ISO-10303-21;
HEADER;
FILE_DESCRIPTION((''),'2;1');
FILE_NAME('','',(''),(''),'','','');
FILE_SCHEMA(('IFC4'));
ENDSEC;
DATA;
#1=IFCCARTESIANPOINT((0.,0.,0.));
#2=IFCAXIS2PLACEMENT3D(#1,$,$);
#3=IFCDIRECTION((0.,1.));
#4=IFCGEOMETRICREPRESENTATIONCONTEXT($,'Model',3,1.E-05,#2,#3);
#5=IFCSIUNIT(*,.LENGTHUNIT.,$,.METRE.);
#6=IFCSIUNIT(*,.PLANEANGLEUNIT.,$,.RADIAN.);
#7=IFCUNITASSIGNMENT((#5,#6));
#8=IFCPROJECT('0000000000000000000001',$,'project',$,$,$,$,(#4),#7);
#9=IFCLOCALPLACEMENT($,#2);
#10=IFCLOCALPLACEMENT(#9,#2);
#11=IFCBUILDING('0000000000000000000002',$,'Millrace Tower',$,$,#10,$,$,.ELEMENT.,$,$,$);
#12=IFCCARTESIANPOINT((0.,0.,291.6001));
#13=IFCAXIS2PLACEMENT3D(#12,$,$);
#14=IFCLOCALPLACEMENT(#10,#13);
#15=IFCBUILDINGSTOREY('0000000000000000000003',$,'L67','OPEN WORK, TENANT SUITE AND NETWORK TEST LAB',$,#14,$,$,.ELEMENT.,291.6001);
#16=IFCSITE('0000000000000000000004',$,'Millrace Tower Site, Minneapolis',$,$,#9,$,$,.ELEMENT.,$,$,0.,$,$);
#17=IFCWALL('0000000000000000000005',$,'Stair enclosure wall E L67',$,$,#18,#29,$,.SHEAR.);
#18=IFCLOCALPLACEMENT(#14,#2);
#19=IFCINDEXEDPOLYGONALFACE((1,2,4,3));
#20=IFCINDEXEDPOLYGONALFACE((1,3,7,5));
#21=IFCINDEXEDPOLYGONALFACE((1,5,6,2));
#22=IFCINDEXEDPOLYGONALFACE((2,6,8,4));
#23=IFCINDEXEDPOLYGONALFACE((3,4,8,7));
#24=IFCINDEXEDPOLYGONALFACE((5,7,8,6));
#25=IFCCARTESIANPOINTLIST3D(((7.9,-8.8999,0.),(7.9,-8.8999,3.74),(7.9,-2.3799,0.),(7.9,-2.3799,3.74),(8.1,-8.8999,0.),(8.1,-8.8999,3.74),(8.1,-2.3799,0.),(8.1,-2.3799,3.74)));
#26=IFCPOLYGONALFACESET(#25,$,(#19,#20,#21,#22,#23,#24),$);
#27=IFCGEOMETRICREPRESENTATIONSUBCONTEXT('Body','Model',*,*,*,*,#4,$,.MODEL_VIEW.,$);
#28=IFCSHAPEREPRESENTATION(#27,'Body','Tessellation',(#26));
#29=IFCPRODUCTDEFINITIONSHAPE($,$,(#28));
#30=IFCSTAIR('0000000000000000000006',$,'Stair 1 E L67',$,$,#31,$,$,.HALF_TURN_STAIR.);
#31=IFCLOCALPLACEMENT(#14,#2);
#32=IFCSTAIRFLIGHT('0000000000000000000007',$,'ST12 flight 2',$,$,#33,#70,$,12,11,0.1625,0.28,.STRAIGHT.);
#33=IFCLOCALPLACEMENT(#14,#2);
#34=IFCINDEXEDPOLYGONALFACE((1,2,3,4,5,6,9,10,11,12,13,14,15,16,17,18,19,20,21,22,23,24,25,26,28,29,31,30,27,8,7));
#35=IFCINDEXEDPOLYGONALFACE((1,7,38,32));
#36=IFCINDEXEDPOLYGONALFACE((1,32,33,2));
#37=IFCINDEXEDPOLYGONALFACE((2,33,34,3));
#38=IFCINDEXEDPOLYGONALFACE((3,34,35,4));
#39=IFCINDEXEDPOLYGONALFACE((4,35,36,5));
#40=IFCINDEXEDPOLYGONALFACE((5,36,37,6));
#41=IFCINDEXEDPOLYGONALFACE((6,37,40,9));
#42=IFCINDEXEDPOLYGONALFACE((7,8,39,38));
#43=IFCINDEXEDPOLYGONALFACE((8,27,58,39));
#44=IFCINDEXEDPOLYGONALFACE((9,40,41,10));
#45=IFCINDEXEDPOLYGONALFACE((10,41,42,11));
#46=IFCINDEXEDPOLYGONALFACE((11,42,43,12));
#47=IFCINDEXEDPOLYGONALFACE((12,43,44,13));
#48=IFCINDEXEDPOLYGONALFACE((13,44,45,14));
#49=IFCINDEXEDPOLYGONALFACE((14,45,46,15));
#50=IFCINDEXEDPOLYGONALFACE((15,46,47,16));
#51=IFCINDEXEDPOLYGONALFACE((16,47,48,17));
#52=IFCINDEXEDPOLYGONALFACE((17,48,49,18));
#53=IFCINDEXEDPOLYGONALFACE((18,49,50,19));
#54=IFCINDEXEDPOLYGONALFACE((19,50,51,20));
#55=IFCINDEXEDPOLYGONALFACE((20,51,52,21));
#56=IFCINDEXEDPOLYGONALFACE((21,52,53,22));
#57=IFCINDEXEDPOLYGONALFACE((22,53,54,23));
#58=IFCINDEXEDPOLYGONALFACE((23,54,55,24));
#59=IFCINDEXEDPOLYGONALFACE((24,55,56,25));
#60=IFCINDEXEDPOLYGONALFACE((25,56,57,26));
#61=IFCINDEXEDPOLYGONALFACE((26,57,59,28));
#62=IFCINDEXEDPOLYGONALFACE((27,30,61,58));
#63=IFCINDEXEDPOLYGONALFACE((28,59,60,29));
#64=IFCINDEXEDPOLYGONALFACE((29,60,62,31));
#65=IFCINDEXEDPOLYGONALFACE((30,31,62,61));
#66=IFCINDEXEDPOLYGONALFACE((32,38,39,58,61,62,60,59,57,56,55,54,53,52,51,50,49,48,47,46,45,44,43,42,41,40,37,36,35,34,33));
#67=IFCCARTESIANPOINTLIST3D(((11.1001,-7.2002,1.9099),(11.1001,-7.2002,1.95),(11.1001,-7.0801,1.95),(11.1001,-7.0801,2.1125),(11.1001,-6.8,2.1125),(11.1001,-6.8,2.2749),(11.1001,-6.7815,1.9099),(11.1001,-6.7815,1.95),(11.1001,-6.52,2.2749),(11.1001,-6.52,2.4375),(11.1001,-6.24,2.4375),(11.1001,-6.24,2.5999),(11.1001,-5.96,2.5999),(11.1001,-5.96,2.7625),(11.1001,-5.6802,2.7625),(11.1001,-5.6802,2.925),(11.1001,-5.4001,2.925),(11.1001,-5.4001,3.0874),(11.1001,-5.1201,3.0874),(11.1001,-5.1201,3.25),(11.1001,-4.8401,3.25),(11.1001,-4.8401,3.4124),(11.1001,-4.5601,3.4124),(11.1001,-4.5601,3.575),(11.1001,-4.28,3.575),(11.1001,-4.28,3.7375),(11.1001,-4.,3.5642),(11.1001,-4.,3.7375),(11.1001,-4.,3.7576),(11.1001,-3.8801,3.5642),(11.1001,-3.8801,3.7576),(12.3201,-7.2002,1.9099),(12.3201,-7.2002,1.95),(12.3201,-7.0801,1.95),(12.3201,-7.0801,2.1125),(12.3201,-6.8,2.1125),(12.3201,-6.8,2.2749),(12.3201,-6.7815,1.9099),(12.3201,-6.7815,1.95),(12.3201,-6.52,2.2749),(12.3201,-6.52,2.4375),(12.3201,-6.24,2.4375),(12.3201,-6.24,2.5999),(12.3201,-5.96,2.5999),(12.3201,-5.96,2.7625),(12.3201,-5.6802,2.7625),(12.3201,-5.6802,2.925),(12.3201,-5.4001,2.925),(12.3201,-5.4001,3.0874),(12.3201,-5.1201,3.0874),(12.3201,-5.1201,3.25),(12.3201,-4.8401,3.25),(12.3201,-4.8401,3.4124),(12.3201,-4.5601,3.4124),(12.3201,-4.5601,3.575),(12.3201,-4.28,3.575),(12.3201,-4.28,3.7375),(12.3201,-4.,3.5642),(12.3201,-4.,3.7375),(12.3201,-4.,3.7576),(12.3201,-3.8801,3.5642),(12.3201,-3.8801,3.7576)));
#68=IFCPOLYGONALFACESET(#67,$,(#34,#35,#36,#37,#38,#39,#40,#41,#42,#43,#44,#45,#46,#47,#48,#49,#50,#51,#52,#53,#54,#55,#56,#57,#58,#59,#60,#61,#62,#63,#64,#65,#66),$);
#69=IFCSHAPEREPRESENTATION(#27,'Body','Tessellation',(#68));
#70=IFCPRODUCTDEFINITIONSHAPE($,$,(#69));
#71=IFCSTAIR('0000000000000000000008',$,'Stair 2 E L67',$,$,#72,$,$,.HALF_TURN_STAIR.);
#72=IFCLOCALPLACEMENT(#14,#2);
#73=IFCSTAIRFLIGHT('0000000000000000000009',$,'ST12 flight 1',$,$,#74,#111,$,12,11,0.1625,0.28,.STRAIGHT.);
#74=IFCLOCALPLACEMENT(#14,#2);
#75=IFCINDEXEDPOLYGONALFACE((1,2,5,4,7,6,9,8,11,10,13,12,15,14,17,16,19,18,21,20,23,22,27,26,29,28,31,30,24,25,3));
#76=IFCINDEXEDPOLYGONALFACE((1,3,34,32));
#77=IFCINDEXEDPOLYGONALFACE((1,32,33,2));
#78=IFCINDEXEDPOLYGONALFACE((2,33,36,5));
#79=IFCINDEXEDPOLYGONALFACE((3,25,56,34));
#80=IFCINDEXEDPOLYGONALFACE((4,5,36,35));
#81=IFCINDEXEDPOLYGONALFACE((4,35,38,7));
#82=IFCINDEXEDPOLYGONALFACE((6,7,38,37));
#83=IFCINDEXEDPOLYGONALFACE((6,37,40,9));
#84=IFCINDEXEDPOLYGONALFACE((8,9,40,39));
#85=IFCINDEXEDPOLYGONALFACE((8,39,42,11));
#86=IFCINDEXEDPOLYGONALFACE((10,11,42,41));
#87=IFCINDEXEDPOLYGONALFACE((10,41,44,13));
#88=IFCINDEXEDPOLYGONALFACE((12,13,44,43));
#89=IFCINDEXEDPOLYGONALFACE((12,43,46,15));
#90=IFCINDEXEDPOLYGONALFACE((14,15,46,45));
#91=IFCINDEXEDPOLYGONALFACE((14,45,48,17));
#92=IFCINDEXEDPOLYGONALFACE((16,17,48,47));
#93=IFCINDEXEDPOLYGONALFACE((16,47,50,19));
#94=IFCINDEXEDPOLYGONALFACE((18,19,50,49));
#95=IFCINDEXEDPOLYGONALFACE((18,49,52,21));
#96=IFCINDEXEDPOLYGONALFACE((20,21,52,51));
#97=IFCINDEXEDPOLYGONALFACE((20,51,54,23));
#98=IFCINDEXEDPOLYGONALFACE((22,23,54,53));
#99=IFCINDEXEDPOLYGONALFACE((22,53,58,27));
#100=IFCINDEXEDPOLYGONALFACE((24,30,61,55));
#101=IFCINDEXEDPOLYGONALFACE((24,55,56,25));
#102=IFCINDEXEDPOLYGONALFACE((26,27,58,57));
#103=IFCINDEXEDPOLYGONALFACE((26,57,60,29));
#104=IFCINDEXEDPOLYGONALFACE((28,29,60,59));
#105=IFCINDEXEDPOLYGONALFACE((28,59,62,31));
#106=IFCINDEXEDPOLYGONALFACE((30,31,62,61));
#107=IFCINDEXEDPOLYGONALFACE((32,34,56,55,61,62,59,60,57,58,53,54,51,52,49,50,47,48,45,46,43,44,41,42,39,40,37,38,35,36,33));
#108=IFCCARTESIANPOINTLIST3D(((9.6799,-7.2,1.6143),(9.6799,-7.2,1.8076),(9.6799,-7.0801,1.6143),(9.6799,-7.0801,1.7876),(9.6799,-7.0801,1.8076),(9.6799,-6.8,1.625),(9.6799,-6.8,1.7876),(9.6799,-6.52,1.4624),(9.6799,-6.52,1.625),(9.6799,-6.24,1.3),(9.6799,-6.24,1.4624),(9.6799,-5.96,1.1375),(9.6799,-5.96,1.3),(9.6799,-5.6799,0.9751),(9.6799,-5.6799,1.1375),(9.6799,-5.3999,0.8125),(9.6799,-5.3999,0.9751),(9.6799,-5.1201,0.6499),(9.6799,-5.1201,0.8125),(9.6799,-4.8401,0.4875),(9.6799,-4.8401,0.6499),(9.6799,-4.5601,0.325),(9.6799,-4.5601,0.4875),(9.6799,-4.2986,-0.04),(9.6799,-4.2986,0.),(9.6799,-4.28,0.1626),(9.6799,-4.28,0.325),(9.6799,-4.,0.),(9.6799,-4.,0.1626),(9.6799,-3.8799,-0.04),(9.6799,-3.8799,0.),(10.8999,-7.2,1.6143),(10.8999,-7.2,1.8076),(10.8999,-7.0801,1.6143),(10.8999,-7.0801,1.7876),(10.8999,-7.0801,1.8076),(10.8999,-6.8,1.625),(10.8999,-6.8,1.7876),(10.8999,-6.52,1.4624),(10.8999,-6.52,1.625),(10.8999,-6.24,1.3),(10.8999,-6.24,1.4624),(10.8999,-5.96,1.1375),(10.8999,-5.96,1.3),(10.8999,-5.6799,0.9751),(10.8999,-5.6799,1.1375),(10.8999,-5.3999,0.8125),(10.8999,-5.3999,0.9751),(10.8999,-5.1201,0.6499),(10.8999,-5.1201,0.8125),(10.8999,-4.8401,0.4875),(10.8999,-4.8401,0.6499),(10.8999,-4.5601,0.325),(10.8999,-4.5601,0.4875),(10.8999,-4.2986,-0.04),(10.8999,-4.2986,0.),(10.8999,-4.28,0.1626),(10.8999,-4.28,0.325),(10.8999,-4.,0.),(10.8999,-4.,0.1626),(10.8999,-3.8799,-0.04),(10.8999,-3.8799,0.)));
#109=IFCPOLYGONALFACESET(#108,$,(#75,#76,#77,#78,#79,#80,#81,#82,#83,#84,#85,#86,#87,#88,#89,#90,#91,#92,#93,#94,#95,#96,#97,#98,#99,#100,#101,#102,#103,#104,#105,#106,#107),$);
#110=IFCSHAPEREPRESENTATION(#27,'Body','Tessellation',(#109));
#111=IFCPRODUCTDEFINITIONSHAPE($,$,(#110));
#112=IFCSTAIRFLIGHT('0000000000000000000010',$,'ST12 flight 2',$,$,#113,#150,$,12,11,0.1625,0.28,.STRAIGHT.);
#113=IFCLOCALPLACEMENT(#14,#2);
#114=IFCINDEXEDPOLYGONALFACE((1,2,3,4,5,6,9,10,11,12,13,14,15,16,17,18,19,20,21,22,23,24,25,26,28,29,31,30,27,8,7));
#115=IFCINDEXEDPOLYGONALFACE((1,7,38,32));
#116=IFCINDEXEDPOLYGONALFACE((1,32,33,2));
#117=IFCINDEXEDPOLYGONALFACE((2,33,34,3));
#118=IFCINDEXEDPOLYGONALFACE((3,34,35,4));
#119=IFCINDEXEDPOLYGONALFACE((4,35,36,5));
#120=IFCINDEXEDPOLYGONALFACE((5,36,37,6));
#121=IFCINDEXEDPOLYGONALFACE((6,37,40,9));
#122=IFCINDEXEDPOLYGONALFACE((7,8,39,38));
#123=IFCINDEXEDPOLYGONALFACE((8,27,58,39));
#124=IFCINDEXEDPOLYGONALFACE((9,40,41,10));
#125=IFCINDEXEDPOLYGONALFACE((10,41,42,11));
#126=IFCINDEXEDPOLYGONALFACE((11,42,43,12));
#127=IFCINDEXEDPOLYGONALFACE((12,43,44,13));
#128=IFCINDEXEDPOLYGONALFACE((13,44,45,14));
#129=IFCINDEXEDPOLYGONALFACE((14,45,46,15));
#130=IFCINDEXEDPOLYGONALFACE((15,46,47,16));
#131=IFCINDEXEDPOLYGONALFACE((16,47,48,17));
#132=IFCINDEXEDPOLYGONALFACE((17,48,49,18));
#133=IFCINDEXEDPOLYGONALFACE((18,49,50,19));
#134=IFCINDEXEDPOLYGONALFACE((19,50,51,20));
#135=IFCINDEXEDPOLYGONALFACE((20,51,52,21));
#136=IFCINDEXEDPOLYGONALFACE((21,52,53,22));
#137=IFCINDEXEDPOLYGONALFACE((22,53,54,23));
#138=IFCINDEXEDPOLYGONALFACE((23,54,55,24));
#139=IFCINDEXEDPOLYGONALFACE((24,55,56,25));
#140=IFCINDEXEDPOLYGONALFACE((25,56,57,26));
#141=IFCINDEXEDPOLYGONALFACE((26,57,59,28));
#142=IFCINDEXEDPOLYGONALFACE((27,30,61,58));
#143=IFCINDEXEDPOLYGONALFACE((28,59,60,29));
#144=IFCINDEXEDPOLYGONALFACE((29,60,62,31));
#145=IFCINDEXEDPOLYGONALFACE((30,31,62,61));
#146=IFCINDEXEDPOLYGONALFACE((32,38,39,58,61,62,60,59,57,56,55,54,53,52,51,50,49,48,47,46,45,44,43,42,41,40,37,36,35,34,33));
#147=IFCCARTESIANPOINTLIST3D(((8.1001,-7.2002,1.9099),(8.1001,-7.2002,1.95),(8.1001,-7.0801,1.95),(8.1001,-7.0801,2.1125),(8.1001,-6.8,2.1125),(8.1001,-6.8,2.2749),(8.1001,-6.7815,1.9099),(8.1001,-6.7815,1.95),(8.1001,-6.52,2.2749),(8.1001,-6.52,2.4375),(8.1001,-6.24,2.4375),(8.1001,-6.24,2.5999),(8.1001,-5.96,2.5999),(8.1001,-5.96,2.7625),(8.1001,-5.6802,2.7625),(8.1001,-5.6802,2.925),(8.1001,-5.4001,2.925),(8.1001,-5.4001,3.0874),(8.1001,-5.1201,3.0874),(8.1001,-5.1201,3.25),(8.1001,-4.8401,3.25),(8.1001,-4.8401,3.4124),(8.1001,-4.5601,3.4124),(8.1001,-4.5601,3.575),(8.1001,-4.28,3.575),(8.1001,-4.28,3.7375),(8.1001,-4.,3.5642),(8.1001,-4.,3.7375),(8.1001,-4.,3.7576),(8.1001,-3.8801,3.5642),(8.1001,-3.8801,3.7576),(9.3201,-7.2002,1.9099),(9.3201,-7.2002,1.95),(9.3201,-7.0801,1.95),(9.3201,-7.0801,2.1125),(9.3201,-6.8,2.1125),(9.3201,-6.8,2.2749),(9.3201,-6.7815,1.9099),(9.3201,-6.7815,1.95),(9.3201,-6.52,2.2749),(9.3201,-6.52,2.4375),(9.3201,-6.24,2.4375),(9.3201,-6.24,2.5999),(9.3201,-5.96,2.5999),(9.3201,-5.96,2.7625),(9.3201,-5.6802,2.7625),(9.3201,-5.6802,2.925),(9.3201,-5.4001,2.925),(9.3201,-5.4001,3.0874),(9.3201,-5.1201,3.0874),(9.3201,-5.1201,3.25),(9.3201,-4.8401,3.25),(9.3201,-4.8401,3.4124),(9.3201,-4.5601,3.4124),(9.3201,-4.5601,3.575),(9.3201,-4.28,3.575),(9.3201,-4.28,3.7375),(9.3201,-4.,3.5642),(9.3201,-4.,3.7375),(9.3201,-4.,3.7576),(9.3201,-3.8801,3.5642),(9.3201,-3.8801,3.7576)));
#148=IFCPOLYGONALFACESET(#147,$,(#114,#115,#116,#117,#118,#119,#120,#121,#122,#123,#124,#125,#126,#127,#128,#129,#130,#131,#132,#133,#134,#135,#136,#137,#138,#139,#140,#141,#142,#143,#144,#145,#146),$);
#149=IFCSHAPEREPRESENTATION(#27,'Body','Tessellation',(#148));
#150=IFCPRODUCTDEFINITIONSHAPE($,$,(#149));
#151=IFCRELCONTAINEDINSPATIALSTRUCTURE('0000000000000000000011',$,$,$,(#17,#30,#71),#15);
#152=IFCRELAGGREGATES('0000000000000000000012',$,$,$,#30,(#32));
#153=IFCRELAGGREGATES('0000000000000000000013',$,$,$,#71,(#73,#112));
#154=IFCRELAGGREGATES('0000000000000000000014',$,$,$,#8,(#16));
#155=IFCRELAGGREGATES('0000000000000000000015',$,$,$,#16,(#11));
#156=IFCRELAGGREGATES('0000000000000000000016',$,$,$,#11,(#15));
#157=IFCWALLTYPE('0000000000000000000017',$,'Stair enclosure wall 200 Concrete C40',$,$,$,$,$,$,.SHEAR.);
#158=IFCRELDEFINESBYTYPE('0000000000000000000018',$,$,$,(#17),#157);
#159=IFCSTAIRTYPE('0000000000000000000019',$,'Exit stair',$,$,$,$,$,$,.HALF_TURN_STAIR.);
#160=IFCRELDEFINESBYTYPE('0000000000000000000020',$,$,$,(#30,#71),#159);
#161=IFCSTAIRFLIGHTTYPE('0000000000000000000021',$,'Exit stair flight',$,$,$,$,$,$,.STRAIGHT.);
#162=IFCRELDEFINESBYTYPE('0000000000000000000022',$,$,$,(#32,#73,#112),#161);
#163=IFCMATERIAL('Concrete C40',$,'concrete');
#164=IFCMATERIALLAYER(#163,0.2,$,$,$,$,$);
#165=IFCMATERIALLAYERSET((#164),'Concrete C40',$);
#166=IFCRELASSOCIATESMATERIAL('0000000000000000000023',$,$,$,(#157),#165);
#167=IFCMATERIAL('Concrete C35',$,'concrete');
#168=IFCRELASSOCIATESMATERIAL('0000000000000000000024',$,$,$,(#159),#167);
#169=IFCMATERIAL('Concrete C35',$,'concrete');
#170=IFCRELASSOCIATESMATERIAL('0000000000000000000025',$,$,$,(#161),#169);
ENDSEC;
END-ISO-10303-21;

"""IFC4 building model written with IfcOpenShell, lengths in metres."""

from ifc_helpers import new_model, si_unit, direction, frame, frame_2d, origin, place, context, subcontext, project, spatial, polyline, rectangle, outline, extrude, material, layer, layer_set, type_object, element, aggregate, save


model = new_model("IFC4")

# Units and contexts
model_context = context("Model", 3, precision=1e-05, world=origin(), true_north=direction((0.0, 1.0)))
body_context = subcontext(model_context, "Body", "Model", "MODEL_VIEW")
ifc_project = project(units=[si_unit("LENGTHUNIT", "METRE"), si_unit("PLANEANGLEUNIT", "RADIAN")], contexts=[model_context])

# Site, building, storey
site_placement = place(None, origin())
site = spatial("IfcSite", under=ifc_project, at=site_placement, Name="Millrace Tower Site, Minneapolis", CompositionType="ELEMENT", RefElevation=0.0)
building_placement = place(site_placement, origin())
building = spatial("IfcBuilding", under=site, at=building_placement, Name="Millrace Tower", CompositionType="ELEMENT")
storey_placement = place(building_placement, frame((0.0, 0.0, 291.6001)))
storey = spatial("IfcBuildingStorey", under=building, at=storey_placement, Name="L67", Description="OPEN WORK, TENANT SUITE AND NETWORK TEST LAB", CompositionType="ELEMENT", Elevation=291.6001)

# Shared definitions
placement = place(storey_placement, origin())

# Wall
ifc_material_1 = material(Name="Concrete C40", Category="concrete")
ifc_layer_1 = layer(ifc_material_1, 0.2)
ifc_layer_set_1 = layer_set([ifc_layer_1], Name="Concrete C40")
wall_type_1 = type_object("IfcWallType", Name="Stair enclosure wall 200 Concrete C40", PredefinedType="SHEAR", material=ifc_layer_set_1)
wall_1_placement = place(storey_placement, frame((8.0, -2.3799, 0.0), z_axis=(0.0, 0.0, 1.0), x_axis=(0.0, -1.0, 0.0)))
element("IfcWall", 1, at=wall_1_placement, inside=storey, type_object=wall_type_1, Name="Stair enclosure wall E L67", PredefinedType="SHEAR", context=body_context, shape_type="SweptSolid", body=[
    extrude(rectangle(XDim=6.52, YDim=0.2, at=frame_2d((3.26, 0.0))), origin(), (0.0, 0.0, 1.0), 3.74),
])

# Stair, stair flight
ifc_material_2 = material(Name="Concrete C35", Category="concrete")
stair_type = type_object("IfcStairType", Name="Exit stair", PredefinedType="HALF_TURN_STAIR", material=ifc_material_2)
stair_1 = element("IfcStair", 2, at=placement, inside=storey, type_object=stair_type, Name="Stair 1 E L67", PredefinedType="HALF_TURN_STAIR")
ifc_material_3 = material(Name="Concrete C35", Category="concrete")
stair_flight_type = type_object("IfcStairFlightType", Name="Exit stair flight", PredefinedType="STRAIGHT", material=ifc_material_3)
stair_flight_1_placement = place(storey_placement, frame((11.71, -7.0801, 1.95), z_axis=(0.0, 0.0, 1.0), x_axis=(0.0, 1.0, 0.0)))
stair_flight_1 = element("IfcStairFlight", 3, at=stair_flight_1_placement, type_object=stair_flight_type, Name="ST12 flight 2", NumberOfRisers=12, NumberOfTreads=11, PredefinedType="STRAIGHT", RiserHeight=0.1625, TreadLength=0.28, context=body_context, shape_type="SweptSolid", body=[
    extrude(outline(polyline([(-0.1201, -0.04), (-0.1201, 0.0), (0.0, 0.0), (0.0, 0.1626), (0.28, 0.1626), (0.28, 0.325), (0.5601, 0.325), (0.5601, 0.4875), (0.8401, 0.4875), (0.8401, 0.6499), (1.1201, 0.6499), (1.1201, 0.8125), (1.3999, 0.8125), (1.3999, 0.9751), (1.6799, 0.9751), (1.6799, 1.1375), (1.96, 1.1375), (1.96, 1.3), (2.24, 1.3), (2.24, 1.4624), (2.52, 1.4624), (2.52, 1.625), (2.8, 1.625), (2.8, 1.7876), (3.0801, 1.7876), (3.0801, 1.8076), (3.2, 1.8076), (3.2, 1.6143), (3.0801, 1.6143), (0.2986, 0.0), (0.2986, -0.04), (-0.1201, -0.04)])), frame((0.0, 0.6099, 0.0), z_axis=(0.0, -1.0, 0.0), x_axis=(1.0, 0.0, 0.0)), (0.0, 0.0, 1.0), 1.22),
])
aggregate(stair_1, [stair_flight_1])

# Stair, stair flights
stair_2 = element("IfcStair", 4, at=placement, inside=storey, type_object=stair_type, Name="Stair 2 E L67", PredefinedType="HALF_TURN_STAIR")
stair_flight_2_placement = place(storey_placement, frame((10.29, -4.0, 0.0), z_axis=(0.0, 0.0, 1.0), x_axis=(0.0, -1.0, 0.0)))
stair_flight_2 = element("IfcStairFlight", 5, at=stair_flight_2_placement, type_object=stair_flight_type, Name="ST12 flight 1", NumberOfRisers=12, NumberOfTreads=11, PredefinedType="STRAIGHT", RiserHeight=0.1625, TreadLength=0.28, context=body_context, shape_type="SweptSolid", body=[
    extrude(outline(polyline([(-0.1201, -0.04), (-0.1201, 0.0), (0.0, 0.0), (0.0, 0.1626), (0.28, 0.1626), (0.28, 0.325), (0.5601, 0.325), (0.5601, 0.4875), (0.8401, 0.4875), (0.8401, 0.6499), (1.1201, 0.6499), (1.1201, 0.8125), (1.3999, 0.8125), (1.3999, 0.9751), (1.6799, 0.9751), (1.6799, 1.1375), (1.96, 1.1375), (1.96, 1.3), (2.24, 1.3), (2.24, 1.4624), (2.52, 1.4624), (2.52, 1.625), (2.8, 1.625), (2.8, 1.7876), (3.0801, 1.7876), (3.0801, 1.8076), (3.2, 1.8076), (3.2, 1.6143), (3.0801, 1.6143), (0.2986, 0.0), (0.2986, -0.04), (-0.1201, -0.04)])), frame((0.0, 0.6099, 0.0), z_axis=(0.0, -1.0, 0.0), x_axis=(1.0, 0.0, 0.0)), (0.0, 0.0, 1.0), 1.22),
])
stair_flight_3_placement = place(storey_placement, frame((8.71, -7.0801, 1.95), z_axis=(0.0, 0.0, 1.0), x_axis=(0.0, 1.0, 0.0)))
stair_flight_3 = element("IfcStairFlight", 6, at=stair_flight_3_placement, type_object=stair_flight_type, Name="ST12 flight 2", NumberOfRisers=12, NumberOfTreads=11, PredefinedType="STRAIGHT", RiserHeight=0.1625, TreadLength=0.28, context=body_context, shape_type="SweptSolid", body=[
    extrude(outline(polyline([(-0.1201, -0.04), (-0.1201, 0.0), (0.0, 0.0), (0.0, 0.1626), (0.28, 0.1626), (0.28, 0.325), (0.5601, 0.325), (0.5601, 0.4875), (0.8401, 0.4875), (0.8401, 0.6499), (1.1201, 0.6499), (1.1201, 0.8125), (1.3999, 0.8125), (1.3999, 0.9751), (1.6799, 0.9751), (1.6799, 1.1375), (1.96, 1.1375), (1.96, 1.3), (2.24, 1.3), (2.24, 1.4624), (2.52, 1.4624), (2.52, 1.625), (2.8, 1.625), (2.8, 1.7876), (3.0801, 1.7876), (3.0801, 1.8076), (3.2, 1.8076), (3.2, 1.6143), (3.0801, 1.6143), (0.2986, 0.0), (0.2986, -0.04), (-0.1201, -0.04)])), frame((0.0, 0.6099, 0.0), z_axis=(0.0, -1.0, 0.0), x_axis=(1.0, 0.0, 0.0)), (0.0, 0.0, 1.0), 1.22),
])
aggregate(stair_2, [stair_flight_2, stair_flight_3])

save(model, "model.ifc")
